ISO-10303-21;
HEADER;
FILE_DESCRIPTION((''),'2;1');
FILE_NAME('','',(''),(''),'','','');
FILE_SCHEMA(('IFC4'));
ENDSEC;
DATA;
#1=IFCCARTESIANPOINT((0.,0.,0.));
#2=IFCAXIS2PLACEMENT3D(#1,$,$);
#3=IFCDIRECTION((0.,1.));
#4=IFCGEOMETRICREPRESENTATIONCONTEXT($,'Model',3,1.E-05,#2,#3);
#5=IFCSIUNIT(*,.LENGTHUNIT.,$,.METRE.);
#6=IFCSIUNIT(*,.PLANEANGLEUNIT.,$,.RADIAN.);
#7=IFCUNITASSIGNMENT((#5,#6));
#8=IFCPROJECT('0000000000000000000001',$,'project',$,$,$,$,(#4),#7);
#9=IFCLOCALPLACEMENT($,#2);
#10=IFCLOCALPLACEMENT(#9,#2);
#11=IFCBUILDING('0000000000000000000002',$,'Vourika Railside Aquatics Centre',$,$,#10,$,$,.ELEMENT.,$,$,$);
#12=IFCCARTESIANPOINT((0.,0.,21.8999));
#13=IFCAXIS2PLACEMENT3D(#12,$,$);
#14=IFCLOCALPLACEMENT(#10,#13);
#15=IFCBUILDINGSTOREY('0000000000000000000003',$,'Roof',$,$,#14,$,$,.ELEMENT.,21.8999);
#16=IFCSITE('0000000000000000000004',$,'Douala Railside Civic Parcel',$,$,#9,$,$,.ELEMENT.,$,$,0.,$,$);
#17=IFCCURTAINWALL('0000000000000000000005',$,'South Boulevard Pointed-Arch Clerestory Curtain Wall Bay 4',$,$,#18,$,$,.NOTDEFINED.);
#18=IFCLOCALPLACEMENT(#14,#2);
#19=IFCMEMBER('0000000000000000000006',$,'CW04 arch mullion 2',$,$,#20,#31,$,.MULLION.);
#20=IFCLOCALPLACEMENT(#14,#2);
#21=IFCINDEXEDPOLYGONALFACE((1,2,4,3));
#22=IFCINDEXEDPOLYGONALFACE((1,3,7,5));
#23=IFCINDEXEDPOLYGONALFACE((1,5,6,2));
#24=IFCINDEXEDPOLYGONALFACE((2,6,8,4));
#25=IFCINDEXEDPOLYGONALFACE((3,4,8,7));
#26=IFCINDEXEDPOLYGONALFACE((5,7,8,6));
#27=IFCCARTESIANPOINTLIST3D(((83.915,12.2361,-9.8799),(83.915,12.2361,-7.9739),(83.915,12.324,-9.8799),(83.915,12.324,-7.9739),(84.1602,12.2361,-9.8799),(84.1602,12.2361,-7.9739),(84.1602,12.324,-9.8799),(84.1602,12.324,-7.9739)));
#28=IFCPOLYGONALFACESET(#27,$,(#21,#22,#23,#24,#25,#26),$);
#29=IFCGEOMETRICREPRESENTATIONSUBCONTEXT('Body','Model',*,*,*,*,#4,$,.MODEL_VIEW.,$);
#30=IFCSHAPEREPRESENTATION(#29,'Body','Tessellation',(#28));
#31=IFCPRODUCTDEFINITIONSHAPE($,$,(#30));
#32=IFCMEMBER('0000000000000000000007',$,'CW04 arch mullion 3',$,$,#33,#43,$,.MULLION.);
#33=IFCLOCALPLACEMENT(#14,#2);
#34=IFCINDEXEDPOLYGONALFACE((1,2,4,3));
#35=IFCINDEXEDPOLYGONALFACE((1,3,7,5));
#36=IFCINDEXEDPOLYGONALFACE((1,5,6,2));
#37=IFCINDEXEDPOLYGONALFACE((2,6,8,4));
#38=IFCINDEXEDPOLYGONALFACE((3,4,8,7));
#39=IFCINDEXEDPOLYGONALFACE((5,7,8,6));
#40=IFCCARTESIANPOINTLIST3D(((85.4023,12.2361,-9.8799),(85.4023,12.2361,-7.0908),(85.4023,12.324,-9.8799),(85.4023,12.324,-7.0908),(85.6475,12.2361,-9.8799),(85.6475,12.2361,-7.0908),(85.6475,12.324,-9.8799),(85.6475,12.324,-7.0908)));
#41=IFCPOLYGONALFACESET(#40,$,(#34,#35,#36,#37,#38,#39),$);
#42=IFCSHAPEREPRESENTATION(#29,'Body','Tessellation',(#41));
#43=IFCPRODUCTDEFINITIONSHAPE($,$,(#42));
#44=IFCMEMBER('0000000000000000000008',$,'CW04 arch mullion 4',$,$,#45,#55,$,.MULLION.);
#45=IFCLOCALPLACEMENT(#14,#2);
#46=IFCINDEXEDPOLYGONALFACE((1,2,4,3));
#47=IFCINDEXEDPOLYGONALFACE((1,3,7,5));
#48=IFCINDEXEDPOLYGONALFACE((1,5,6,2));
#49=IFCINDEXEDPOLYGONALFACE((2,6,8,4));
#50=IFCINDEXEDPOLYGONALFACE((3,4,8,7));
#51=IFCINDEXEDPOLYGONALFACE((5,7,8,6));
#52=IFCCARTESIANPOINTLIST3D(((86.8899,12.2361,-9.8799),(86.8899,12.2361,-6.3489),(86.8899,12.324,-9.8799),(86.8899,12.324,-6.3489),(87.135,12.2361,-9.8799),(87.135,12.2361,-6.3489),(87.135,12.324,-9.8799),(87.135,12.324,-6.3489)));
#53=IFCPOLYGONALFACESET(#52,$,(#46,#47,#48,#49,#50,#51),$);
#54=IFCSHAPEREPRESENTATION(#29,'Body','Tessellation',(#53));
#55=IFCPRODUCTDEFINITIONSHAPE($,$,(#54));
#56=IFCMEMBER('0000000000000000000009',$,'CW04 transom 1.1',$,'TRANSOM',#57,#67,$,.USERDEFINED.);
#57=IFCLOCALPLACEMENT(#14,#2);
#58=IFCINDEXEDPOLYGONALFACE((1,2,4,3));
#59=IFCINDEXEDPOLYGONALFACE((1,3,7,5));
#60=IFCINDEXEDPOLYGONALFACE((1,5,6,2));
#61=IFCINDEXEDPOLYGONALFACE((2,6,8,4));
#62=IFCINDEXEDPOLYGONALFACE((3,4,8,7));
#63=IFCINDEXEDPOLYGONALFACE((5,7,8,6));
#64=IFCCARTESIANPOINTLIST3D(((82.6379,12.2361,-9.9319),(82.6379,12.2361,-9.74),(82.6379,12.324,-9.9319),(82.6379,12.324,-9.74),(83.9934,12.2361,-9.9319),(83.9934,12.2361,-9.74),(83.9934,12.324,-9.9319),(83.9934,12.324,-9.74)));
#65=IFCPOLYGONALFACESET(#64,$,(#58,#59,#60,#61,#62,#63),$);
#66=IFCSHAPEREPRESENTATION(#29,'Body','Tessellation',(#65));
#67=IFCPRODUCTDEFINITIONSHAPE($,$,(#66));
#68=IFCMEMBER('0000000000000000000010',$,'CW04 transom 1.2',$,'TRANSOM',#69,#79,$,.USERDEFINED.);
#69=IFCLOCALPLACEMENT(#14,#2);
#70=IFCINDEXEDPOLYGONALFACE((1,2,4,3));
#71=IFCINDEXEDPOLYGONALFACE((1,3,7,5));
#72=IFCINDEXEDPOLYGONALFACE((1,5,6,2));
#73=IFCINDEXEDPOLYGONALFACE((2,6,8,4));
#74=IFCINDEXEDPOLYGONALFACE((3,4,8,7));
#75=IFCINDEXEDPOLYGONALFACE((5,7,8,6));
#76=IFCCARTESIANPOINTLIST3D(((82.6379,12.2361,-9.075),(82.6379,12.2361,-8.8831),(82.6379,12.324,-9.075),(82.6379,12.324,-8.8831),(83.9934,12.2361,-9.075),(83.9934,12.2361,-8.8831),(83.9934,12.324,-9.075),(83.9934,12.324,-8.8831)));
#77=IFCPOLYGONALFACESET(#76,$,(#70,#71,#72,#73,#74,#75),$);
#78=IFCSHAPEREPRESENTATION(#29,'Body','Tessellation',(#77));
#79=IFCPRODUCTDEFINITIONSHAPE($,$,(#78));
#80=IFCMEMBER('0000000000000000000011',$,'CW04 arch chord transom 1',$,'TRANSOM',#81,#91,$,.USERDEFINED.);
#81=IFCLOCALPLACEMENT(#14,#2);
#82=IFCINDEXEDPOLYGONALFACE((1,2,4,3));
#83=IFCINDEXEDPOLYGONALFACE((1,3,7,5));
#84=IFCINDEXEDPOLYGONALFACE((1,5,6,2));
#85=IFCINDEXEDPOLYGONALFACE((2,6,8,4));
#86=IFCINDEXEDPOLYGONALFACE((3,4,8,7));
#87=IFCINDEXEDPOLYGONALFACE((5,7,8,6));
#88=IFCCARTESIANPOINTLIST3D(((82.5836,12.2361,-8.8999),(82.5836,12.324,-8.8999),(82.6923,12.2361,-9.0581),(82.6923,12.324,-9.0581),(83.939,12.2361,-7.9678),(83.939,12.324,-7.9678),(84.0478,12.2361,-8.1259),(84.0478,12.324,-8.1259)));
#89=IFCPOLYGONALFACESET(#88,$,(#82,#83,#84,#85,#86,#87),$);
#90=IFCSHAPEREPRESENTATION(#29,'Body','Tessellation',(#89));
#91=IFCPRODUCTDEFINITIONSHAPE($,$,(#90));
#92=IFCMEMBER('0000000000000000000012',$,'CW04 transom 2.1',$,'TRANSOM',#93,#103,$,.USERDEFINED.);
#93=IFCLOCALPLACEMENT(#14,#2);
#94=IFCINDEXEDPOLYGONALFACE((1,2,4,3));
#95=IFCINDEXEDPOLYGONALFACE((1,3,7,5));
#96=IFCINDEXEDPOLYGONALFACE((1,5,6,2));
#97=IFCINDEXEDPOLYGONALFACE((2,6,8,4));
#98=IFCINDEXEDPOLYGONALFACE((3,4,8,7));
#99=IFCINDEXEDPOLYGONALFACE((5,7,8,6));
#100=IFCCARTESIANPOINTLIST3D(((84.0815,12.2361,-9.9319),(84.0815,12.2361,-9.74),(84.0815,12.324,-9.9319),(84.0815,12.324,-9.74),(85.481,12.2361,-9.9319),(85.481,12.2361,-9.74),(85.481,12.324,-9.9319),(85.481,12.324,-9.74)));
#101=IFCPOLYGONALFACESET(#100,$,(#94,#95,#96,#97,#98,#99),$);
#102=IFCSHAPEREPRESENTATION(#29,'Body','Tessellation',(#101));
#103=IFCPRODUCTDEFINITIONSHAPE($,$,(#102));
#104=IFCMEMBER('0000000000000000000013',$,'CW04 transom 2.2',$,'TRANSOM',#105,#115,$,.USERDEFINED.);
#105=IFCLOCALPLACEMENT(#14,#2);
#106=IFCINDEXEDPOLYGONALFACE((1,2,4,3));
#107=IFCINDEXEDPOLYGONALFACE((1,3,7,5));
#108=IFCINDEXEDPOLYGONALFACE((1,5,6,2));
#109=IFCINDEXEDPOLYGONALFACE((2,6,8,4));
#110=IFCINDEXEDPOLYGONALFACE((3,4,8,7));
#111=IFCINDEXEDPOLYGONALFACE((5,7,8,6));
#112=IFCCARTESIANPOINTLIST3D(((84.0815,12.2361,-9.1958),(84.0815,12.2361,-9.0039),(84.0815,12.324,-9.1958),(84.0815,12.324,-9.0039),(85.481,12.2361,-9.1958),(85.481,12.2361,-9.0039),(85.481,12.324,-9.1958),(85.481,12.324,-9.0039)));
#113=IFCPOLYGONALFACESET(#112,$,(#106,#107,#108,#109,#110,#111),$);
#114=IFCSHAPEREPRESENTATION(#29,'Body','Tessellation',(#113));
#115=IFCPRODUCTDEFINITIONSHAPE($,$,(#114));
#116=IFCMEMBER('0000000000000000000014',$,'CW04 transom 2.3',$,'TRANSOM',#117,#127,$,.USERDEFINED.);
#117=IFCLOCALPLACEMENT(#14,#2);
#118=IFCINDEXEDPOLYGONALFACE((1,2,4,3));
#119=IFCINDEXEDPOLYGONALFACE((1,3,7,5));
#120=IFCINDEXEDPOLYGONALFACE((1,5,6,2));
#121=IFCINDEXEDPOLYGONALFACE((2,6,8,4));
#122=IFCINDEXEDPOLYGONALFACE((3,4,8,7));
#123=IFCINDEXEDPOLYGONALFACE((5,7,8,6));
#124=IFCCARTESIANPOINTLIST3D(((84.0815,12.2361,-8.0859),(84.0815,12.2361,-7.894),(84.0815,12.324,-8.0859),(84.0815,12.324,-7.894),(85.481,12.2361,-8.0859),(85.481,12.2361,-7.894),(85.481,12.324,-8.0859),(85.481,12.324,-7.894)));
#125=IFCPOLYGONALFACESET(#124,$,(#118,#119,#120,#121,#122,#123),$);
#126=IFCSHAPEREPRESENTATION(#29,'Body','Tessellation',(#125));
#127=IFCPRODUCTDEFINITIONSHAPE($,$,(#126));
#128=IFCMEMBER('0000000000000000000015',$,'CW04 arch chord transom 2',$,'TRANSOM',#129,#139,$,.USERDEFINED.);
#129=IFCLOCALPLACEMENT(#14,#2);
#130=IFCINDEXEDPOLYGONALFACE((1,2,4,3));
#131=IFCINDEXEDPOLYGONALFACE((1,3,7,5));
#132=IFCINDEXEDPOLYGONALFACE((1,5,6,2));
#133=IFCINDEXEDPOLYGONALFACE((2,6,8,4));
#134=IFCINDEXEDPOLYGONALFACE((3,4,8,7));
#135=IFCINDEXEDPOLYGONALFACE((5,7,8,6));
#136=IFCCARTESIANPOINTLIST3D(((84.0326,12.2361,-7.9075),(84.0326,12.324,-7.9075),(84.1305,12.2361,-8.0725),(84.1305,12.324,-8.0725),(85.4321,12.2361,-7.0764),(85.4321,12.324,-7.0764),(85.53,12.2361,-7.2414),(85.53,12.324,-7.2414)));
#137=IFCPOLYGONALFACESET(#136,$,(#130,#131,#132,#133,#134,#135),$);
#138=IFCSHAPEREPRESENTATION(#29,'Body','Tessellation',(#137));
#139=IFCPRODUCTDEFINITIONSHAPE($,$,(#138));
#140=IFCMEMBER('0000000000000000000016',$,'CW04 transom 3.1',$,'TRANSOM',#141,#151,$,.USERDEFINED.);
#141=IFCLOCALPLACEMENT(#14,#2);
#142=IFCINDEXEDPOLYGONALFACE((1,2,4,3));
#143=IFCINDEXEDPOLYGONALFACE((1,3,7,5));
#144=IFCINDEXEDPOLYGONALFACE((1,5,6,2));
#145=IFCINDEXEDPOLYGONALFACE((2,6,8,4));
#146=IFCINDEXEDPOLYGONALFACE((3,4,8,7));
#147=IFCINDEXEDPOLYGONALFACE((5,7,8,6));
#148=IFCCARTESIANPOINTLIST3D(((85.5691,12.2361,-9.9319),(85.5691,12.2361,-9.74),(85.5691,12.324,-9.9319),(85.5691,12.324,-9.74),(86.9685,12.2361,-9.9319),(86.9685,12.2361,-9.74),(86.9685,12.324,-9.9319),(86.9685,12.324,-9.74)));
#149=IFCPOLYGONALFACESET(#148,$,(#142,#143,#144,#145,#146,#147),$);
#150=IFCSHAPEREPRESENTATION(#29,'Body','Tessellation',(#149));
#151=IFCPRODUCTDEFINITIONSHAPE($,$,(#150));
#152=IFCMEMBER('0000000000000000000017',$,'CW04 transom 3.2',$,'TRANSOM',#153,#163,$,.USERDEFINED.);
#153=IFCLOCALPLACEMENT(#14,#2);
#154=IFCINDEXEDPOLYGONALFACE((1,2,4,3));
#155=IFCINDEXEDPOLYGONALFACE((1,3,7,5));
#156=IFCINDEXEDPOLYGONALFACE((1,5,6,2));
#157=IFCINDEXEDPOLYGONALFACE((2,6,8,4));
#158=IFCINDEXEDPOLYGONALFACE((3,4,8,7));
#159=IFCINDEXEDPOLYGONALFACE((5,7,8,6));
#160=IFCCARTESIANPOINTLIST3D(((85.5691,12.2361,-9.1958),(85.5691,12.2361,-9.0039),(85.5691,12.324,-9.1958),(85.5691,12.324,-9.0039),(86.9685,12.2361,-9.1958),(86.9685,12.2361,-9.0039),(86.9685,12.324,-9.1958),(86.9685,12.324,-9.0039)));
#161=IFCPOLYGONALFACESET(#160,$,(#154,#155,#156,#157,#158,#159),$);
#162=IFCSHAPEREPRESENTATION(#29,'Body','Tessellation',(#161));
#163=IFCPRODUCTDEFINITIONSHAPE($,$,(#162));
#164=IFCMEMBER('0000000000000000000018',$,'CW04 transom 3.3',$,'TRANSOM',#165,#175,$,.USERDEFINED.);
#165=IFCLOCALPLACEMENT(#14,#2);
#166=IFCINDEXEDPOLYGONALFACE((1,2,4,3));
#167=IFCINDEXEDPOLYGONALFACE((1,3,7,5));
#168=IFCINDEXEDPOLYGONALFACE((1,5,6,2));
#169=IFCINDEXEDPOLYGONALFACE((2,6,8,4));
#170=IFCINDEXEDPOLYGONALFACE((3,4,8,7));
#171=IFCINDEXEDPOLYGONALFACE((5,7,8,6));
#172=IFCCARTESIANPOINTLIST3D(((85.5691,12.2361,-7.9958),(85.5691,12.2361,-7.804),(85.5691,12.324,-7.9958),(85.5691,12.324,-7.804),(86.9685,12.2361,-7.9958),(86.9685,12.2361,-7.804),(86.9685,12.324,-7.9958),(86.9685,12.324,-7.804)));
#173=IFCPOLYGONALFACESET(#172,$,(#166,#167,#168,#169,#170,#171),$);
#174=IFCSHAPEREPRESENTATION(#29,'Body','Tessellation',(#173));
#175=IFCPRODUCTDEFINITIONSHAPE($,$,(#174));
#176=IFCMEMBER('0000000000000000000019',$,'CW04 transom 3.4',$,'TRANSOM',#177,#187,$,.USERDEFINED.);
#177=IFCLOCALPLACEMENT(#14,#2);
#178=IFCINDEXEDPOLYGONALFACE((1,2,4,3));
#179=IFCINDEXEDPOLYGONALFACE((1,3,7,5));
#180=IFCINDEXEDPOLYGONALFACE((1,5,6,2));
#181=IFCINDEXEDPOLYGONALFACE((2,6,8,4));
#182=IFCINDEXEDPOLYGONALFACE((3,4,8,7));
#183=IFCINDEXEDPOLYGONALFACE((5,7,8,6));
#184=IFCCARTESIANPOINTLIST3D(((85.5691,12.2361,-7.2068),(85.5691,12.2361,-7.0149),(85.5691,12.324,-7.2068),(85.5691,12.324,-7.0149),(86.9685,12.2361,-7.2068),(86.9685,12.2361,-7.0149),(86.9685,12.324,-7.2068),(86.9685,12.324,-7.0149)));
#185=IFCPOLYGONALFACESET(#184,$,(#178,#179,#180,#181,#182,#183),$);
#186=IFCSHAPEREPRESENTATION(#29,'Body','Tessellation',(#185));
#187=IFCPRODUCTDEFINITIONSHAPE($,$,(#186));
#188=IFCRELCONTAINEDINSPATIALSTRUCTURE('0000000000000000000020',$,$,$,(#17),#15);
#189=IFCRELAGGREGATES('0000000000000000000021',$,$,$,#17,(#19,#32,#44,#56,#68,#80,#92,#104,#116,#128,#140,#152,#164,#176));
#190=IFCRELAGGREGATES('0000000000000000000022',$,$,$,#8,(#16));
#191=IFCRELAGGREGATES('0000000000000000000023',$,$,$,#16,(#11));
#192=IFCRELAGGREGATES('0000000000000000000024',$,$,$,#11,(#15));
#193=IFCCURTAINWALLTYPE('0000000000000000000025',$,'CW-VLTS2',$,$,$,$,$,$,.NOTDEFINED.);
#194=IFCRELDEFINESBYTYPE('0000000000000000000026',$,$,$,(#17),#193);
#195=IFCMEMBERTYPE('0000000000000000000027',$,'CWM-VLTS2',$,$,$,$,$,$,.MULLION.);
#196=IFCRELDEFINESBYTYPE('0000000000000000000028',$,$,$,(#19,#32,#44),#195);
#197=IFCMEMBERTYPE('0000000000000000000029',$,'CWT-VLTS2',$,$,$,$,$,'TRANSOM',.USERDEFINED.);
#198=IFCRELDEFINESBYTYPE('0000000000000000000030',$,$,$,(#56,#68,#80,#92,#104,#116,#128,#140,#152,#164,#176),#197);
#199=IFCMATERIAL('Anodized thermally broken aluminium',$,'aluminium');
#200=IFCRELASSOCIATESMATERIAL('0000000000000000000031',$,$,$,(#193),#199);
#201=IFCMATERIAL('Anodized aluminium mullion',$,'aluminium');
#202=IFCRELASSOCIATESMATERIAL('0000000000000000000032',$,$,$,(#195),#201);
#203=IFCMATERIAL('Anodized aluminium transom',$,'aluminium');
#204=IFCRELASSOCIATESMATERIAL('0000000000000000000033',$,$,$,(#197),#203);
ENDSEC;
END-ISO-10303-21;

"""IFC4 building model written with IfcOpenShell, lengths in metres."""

from ifc_helpers import new_model, si_unit, direction, frame, origin, origin_2d, place, context, subcontext, project, spatial, rectangle, extrude, material, material_profile, profile_set, type_object, element, aggregate, save


model = new_model("IFC4")

# Units and contexts
model_context = context("Model", 3, precision=1e-05, world=origin(), true_north=direction((0.0, 1.0)))
body_context = subcontext(model_context, "Body", "Model", "MODEL_VIEW")
ifc_project = project(units=[si_unit("LENGTHUNIT", "METRE"), si_unit("PLANEANGLEUNIT", "RADIAN")], contexts=[model_context])

# Site, building, storey
site_placement = place(None, origin())
site = spatial("IfcSite", under=ifc_project, at=site_placement, Name="Douala Railside Civic Parcel", CompositionType="ELEMENT", RefElevation=0.0)
building_placement = place(site_placement, origin())
building = spatial("IfcBuilding", under=site, at=building_placement, Name="Vourika Railside Aquatics Centre", CompositionType="ELEMENT")
storey_placement = place(building_placement, frame((0.0, 0.0, 21.8999)))
storey = spatial("IfcBuildingStorey", under=building, at=storey_placement, Name="Roof", CompositionType="ELEMENT", Elevation=21.8999)

# Curtain wall, members
ifc_material_1 = material(Name="Anodized thermally broken aluminium", Category="aluminium")
curtain_wall_type = type_object("IfcCurtainWallType", Name="CW-VLTS2", PredefinedType="NOTDEFINED", material=ifc_material_1)
curtain_wall_placement = place(storey_placement, origin())
curtain_wall = element("IfcCurtainWall", 1, at=curtain_wall_placement, inside=storey, type_object=curtain_wall_type, Name="South Boulevard Pointed-Arch Clerestory Curtain Wall Bay 4", PredefinedType="NOTDEFINED")
ifc_material_2 = material(Name="Anodized aluminium mullion", Category="aluminium")
ifc_material_profile_1 = material_profile(ifc_material_2, rectangle(XDim=0.0879, YDim=0.2451, at=origin_2d()), Name="ALU-M 88x245")
ifc_profile_set_1 = profile_set([ifc_material_profile_1], Name="Anodized aluminium mullion")
member_type_1 = type_object("IfcMemberType", Name="CWM-VLTS2", PredefinedType="MULLION", material=ifc_profile_set_1)
member_1_placement = place(storey_placement, frame((84.0376, 12.28, -9.8799), z_axis=(0.0, 0.0, 1.0), x_axis=(0.0, 1.0, 0.0)))
member_1 = element("IfcMember", 2, at=member_1_placement, type_object=member_type_1, Name="CW04 arch mullion 2", PredefinedType="MULLION", context=body_context, shape_type="SweptSolid", body=[
    extrude(rectangle(XDim=0.0879, YDim=0.2451, at=origin_2d()), origin(), (0.0, 0.0, 1.0), 1.906),
])
member_2_placement = place(storey_placement, frame((85.5249, 12.28, -9.8799), z_axis=(0.0, 0.0, 1.0), x_axis=(0.0, 1.0, 0.0)))
member_2 = element("IfcMember", 3, at=member_2_placement, type_object=member_type_1, Name="CW04 arch mullion 3", PredefinedType="MULLION", context=body_context, shape_type="SweptSolid", body=[
    extrude(rectangle(XDim=0.0879, YDim=0.2451, at=origin_2d()), origin(), (0.0, 0.0, 1.0), 2.7891),
])
member_3_placement = place(storey_placement, frame((87.0125, 12.28, -9.8799), z_axis=(0.0, 0.0, 1.0), x_axis=(0.0, 1.0, 0.0)))
member_3 = element("IfcMember", 4, at=member_3_placement, type_object=member_type_1, Name="CW04 arch mullion 4", PredefinedType="MULLION", context=body_context, shape_type="SweptSolid", body=[
    extrude(rectangle(XDim=0.0879, YDim=0.2451, at=origin_2d()), origin(), (0.0, 0.0, 1.0), 3.531),
])
ifc_material_3 = material(Name="Anodized aluminium transom", Category="aluminium")
ifc_material_profile_2 = material_profile(ifc_material_3, rectangle(XDim=0.0879, YDim=0.1919, at=origin_2d()), Name="ALU-T 88x192")
ifc_profile_set_2 = profile_set([ifc_material_profile_2], Name="Anodized aluminium transom")
member_type_2 = type_object("IfcMemberType", Name="CWT-VLTS2", ElementType="TRANSOM", PredefinedType="USERDEFINED", material=ifc_profile_set_2)
member_4_placement = place(storey_placement, frame((82.6379, 12.28, -9.8359), z_axis=(1.0, 0.0, 0.0), x_axis=(0.0, 1.0, 0.0)))
member_4 = element("IfcMember", 5, at=member_4_placement, type_object=member_type_2, Name="CW04 transom 1.1", ObjectType="TRANSOM", PredefinedType="USERDEFINED", context=body_context, shape_type="SweptSolid", body=[
    extrude(rectangle(XDim=0.0879, YDim=0.1919, at=origin_2d()), origin(), (0.0, 0.0, 1.0), 1.3555),
])
member_5_placement = place(storey_placement, frame((82.6379, 12.28, -8.979), z_axis=(1.0, 0.0, 0.0), x_axis=(0.0, 1.0, 0.0)))
member_5 = element("IfcMember", 6, at=member_5_placement, type_object=member_type_2, Name="CW04 transom 1.2", ObjectType="TRANSOM", PredefinedType="USERDEFINED", context=body_context, shape_type="SweptSolid", body=[
    extrude(rectangle(XDim=0.0879, YDim=0.1919, at=origin_2d()), origin(), (0.0, 0.0, 1.0), 1.3555),
])
member_6_placement = place(storey_placement, frame((82.6379, 12.28, -8.979), z_axis=(0.823973, 0.0, 0.56663), x_axis=(0.0, 1.0, 0.0)))
member_6 = element("IfcMember", 7, at=member_6_placement, type_object=member_type_2, Name="CW04 arch chord transom 1", ObjectType="TRANSOM", PredefinedType="USERDEFINED", context=body_context, shape_type="SweptSolid", body=[
    extrude(rectangle(XDim=0.0879, YDim=0.1919, at=origin_2d()), origin(), (0.0, 0.0, 1.0), 1.645),
])
member_7_placement = place(storey_placement, frame((84.0815, 12.28, -9.8359), z_axis=(1.0, 0.0, 0.0), x_axis=(0.0, 1.0, 0.0)))
member_7 = element("IfcMember", 8, at=member_7_placement, type_object=member_type_2, Name="CW04 transom 2.1", ObjectType="TRANSOM", PredefinedType="USERDEFINED", context=body_context, shape_type="SweptSolid", body=[
    extrude(rectangle(XDim=0.0879, YDim=0.1919, at=origin_2d()), origin(), (0.0, 0.0, 1.0), 1.3994),
])
member_8_placement = place(storey_placement, frame((84.0815, 12.28, -9.0999), z_axis=(1.0, 0.0, 0.0), x_axis=(0.0, 1.0, 0.0)))
member_8 = element("IfcMember", 9, at=member_8_placement, type_object=member_type_2, Name="CW04 transom 2.2", ObjectType="TRANSOM", PredefinedType="USERDEFINED", context=body_context, shape_type="SweptSolid", body=[
    extrude(rectangle(XDim=0.0879, YDim=0.1919, at=origin_2d()), origin(), (0.0, 0.0, 1.0), 1.3994),
])
member_9_placement = place(storey_placement, frame((84.0815, 12.28, -7.99), z_axis=(1.0, 0.0, 0.0), x_axis=(0.0, 1.0, 0.0)))
member_9 = element("IfcMember", 10, at=member_9_placement, type_object=member_type_2, Name="CW04 transom 2.3", ObjectType="TRANSOM", PredefinedType="USERDEFINED", context=body_context, shape_type="SweptSolid", body=[
    extrude(rectangle(XDim=0.0879, YDim=0.1919, at=origin_2d()), origin(), (0.0, 0.0, 1.0), 1.3994),
])
member_10_placement = place(storey_placement, frame((84.0815, 12.28, -7.99), z_axis=(0.859814, 0.0, 0.510608), x_axis=(0.0, 1.0, 0.0)))
member_10 = element("IfcMember", 11, at=member_10_placement, type_object=member_type_2, Name="CW04 arch chord transom 2", ObjectType="TRANSOM", PredefinedType="USERDEFINED", context=body_context, shape_type="SweptSolid", body=[
    extrude(rectangle(XDim=0.0879, YDim=0.1919, at=origin_2d()), origin(), (0.0, 0.0, 1.0), 1.6277),
])
member_11_placement = place(storey_placement, frame((85.5691, 12.28, -9.8359), z_axis=(1.0, 0.0, 0.0), x_axis=(0.0, 1.0, 0.0)))
member_11 = element("IfcMember", 12, at=member_11_placement, type_object=member_type_2, Name="CW04 transom 3.1", ObjectType="TRANSOM", PredefinedType="USERDEFINED", context=body_context, shape_type="SweptSolid", body=[
    extrude(rectangle(XDim=0.0879, YDim=0.1919, at=origin_2d()), origin(), (0.0, 0.0, 1.0), 1.3994),
])
member_12_placement = place(storey_placement, frame((85.5691, 12.28, -9.0999), z_axis=(1.0, 0.0, 0.0), x_axis=(0.0, 1.0, 0.0)))
member_12 = element("IfcMember", 13, at=member_12_placement, type_object=member_type_2, Name="CW04 transom 3.2", ObjectType="TRANSOM", PredefinedType="USERDEFINED", context=body_context, shape_type="SweptSolid", body=[
    extrude(rectangle(XDim=0.0879, YDim=0.1919, at=origin_2d()), origin(), (0.0, 0.0, 1.0), 1.3994),
])
member_13_placement = place(storey_placement, frame((85.5691, 12.28, -7.8999), z_axis=(1.0, 0.0, 0.0), x_axis=(0.0, 1.0, 0.0)))
member_13 = element("IfcMember", 14, at=member_13_placement, type_object=member_type_2, Name="CW04 transom 3.3", ObjectType="TRANSOM", PredefinedType="USERDEFINED", context=body_context, shape_type="SweptSolid", body=[
    extrude(rectangle(XDim=0.0879, YDim=0.1919, at=origin_2d()), origin(), (0.0, 0.0, 1.0), 1.3994),
])
member_14_placement = place(storey_placement, frame((85.5691, 12.28, -7.1108), z_axis=(1.0, 0.0, 0.0), x_axis=(0.0, 1.0, 0.0)))
member_14 = element("IfcMember", 15, at=member_14_placement, type_object=member_type_2, Name="CW04 transom 3.4", ObjectType="TRANSOM", PredefinedType="USERDEFINED", context=body_context, shape_type="SweptSolid", body=[
    extrude(rectangle(XDim=0.0879, YDim=0.1919, at=origin_2d()), origin(), (0.0, 0.0, 1.0), 1.3994),
])
aggregate(curtain_wall, [member_1, member_2, member_3, member_4, member_5, member_6, member_7, member_8, member_9, member_10, member_11, member_12, member_13, member_14])

save(model, "model.ifc")
